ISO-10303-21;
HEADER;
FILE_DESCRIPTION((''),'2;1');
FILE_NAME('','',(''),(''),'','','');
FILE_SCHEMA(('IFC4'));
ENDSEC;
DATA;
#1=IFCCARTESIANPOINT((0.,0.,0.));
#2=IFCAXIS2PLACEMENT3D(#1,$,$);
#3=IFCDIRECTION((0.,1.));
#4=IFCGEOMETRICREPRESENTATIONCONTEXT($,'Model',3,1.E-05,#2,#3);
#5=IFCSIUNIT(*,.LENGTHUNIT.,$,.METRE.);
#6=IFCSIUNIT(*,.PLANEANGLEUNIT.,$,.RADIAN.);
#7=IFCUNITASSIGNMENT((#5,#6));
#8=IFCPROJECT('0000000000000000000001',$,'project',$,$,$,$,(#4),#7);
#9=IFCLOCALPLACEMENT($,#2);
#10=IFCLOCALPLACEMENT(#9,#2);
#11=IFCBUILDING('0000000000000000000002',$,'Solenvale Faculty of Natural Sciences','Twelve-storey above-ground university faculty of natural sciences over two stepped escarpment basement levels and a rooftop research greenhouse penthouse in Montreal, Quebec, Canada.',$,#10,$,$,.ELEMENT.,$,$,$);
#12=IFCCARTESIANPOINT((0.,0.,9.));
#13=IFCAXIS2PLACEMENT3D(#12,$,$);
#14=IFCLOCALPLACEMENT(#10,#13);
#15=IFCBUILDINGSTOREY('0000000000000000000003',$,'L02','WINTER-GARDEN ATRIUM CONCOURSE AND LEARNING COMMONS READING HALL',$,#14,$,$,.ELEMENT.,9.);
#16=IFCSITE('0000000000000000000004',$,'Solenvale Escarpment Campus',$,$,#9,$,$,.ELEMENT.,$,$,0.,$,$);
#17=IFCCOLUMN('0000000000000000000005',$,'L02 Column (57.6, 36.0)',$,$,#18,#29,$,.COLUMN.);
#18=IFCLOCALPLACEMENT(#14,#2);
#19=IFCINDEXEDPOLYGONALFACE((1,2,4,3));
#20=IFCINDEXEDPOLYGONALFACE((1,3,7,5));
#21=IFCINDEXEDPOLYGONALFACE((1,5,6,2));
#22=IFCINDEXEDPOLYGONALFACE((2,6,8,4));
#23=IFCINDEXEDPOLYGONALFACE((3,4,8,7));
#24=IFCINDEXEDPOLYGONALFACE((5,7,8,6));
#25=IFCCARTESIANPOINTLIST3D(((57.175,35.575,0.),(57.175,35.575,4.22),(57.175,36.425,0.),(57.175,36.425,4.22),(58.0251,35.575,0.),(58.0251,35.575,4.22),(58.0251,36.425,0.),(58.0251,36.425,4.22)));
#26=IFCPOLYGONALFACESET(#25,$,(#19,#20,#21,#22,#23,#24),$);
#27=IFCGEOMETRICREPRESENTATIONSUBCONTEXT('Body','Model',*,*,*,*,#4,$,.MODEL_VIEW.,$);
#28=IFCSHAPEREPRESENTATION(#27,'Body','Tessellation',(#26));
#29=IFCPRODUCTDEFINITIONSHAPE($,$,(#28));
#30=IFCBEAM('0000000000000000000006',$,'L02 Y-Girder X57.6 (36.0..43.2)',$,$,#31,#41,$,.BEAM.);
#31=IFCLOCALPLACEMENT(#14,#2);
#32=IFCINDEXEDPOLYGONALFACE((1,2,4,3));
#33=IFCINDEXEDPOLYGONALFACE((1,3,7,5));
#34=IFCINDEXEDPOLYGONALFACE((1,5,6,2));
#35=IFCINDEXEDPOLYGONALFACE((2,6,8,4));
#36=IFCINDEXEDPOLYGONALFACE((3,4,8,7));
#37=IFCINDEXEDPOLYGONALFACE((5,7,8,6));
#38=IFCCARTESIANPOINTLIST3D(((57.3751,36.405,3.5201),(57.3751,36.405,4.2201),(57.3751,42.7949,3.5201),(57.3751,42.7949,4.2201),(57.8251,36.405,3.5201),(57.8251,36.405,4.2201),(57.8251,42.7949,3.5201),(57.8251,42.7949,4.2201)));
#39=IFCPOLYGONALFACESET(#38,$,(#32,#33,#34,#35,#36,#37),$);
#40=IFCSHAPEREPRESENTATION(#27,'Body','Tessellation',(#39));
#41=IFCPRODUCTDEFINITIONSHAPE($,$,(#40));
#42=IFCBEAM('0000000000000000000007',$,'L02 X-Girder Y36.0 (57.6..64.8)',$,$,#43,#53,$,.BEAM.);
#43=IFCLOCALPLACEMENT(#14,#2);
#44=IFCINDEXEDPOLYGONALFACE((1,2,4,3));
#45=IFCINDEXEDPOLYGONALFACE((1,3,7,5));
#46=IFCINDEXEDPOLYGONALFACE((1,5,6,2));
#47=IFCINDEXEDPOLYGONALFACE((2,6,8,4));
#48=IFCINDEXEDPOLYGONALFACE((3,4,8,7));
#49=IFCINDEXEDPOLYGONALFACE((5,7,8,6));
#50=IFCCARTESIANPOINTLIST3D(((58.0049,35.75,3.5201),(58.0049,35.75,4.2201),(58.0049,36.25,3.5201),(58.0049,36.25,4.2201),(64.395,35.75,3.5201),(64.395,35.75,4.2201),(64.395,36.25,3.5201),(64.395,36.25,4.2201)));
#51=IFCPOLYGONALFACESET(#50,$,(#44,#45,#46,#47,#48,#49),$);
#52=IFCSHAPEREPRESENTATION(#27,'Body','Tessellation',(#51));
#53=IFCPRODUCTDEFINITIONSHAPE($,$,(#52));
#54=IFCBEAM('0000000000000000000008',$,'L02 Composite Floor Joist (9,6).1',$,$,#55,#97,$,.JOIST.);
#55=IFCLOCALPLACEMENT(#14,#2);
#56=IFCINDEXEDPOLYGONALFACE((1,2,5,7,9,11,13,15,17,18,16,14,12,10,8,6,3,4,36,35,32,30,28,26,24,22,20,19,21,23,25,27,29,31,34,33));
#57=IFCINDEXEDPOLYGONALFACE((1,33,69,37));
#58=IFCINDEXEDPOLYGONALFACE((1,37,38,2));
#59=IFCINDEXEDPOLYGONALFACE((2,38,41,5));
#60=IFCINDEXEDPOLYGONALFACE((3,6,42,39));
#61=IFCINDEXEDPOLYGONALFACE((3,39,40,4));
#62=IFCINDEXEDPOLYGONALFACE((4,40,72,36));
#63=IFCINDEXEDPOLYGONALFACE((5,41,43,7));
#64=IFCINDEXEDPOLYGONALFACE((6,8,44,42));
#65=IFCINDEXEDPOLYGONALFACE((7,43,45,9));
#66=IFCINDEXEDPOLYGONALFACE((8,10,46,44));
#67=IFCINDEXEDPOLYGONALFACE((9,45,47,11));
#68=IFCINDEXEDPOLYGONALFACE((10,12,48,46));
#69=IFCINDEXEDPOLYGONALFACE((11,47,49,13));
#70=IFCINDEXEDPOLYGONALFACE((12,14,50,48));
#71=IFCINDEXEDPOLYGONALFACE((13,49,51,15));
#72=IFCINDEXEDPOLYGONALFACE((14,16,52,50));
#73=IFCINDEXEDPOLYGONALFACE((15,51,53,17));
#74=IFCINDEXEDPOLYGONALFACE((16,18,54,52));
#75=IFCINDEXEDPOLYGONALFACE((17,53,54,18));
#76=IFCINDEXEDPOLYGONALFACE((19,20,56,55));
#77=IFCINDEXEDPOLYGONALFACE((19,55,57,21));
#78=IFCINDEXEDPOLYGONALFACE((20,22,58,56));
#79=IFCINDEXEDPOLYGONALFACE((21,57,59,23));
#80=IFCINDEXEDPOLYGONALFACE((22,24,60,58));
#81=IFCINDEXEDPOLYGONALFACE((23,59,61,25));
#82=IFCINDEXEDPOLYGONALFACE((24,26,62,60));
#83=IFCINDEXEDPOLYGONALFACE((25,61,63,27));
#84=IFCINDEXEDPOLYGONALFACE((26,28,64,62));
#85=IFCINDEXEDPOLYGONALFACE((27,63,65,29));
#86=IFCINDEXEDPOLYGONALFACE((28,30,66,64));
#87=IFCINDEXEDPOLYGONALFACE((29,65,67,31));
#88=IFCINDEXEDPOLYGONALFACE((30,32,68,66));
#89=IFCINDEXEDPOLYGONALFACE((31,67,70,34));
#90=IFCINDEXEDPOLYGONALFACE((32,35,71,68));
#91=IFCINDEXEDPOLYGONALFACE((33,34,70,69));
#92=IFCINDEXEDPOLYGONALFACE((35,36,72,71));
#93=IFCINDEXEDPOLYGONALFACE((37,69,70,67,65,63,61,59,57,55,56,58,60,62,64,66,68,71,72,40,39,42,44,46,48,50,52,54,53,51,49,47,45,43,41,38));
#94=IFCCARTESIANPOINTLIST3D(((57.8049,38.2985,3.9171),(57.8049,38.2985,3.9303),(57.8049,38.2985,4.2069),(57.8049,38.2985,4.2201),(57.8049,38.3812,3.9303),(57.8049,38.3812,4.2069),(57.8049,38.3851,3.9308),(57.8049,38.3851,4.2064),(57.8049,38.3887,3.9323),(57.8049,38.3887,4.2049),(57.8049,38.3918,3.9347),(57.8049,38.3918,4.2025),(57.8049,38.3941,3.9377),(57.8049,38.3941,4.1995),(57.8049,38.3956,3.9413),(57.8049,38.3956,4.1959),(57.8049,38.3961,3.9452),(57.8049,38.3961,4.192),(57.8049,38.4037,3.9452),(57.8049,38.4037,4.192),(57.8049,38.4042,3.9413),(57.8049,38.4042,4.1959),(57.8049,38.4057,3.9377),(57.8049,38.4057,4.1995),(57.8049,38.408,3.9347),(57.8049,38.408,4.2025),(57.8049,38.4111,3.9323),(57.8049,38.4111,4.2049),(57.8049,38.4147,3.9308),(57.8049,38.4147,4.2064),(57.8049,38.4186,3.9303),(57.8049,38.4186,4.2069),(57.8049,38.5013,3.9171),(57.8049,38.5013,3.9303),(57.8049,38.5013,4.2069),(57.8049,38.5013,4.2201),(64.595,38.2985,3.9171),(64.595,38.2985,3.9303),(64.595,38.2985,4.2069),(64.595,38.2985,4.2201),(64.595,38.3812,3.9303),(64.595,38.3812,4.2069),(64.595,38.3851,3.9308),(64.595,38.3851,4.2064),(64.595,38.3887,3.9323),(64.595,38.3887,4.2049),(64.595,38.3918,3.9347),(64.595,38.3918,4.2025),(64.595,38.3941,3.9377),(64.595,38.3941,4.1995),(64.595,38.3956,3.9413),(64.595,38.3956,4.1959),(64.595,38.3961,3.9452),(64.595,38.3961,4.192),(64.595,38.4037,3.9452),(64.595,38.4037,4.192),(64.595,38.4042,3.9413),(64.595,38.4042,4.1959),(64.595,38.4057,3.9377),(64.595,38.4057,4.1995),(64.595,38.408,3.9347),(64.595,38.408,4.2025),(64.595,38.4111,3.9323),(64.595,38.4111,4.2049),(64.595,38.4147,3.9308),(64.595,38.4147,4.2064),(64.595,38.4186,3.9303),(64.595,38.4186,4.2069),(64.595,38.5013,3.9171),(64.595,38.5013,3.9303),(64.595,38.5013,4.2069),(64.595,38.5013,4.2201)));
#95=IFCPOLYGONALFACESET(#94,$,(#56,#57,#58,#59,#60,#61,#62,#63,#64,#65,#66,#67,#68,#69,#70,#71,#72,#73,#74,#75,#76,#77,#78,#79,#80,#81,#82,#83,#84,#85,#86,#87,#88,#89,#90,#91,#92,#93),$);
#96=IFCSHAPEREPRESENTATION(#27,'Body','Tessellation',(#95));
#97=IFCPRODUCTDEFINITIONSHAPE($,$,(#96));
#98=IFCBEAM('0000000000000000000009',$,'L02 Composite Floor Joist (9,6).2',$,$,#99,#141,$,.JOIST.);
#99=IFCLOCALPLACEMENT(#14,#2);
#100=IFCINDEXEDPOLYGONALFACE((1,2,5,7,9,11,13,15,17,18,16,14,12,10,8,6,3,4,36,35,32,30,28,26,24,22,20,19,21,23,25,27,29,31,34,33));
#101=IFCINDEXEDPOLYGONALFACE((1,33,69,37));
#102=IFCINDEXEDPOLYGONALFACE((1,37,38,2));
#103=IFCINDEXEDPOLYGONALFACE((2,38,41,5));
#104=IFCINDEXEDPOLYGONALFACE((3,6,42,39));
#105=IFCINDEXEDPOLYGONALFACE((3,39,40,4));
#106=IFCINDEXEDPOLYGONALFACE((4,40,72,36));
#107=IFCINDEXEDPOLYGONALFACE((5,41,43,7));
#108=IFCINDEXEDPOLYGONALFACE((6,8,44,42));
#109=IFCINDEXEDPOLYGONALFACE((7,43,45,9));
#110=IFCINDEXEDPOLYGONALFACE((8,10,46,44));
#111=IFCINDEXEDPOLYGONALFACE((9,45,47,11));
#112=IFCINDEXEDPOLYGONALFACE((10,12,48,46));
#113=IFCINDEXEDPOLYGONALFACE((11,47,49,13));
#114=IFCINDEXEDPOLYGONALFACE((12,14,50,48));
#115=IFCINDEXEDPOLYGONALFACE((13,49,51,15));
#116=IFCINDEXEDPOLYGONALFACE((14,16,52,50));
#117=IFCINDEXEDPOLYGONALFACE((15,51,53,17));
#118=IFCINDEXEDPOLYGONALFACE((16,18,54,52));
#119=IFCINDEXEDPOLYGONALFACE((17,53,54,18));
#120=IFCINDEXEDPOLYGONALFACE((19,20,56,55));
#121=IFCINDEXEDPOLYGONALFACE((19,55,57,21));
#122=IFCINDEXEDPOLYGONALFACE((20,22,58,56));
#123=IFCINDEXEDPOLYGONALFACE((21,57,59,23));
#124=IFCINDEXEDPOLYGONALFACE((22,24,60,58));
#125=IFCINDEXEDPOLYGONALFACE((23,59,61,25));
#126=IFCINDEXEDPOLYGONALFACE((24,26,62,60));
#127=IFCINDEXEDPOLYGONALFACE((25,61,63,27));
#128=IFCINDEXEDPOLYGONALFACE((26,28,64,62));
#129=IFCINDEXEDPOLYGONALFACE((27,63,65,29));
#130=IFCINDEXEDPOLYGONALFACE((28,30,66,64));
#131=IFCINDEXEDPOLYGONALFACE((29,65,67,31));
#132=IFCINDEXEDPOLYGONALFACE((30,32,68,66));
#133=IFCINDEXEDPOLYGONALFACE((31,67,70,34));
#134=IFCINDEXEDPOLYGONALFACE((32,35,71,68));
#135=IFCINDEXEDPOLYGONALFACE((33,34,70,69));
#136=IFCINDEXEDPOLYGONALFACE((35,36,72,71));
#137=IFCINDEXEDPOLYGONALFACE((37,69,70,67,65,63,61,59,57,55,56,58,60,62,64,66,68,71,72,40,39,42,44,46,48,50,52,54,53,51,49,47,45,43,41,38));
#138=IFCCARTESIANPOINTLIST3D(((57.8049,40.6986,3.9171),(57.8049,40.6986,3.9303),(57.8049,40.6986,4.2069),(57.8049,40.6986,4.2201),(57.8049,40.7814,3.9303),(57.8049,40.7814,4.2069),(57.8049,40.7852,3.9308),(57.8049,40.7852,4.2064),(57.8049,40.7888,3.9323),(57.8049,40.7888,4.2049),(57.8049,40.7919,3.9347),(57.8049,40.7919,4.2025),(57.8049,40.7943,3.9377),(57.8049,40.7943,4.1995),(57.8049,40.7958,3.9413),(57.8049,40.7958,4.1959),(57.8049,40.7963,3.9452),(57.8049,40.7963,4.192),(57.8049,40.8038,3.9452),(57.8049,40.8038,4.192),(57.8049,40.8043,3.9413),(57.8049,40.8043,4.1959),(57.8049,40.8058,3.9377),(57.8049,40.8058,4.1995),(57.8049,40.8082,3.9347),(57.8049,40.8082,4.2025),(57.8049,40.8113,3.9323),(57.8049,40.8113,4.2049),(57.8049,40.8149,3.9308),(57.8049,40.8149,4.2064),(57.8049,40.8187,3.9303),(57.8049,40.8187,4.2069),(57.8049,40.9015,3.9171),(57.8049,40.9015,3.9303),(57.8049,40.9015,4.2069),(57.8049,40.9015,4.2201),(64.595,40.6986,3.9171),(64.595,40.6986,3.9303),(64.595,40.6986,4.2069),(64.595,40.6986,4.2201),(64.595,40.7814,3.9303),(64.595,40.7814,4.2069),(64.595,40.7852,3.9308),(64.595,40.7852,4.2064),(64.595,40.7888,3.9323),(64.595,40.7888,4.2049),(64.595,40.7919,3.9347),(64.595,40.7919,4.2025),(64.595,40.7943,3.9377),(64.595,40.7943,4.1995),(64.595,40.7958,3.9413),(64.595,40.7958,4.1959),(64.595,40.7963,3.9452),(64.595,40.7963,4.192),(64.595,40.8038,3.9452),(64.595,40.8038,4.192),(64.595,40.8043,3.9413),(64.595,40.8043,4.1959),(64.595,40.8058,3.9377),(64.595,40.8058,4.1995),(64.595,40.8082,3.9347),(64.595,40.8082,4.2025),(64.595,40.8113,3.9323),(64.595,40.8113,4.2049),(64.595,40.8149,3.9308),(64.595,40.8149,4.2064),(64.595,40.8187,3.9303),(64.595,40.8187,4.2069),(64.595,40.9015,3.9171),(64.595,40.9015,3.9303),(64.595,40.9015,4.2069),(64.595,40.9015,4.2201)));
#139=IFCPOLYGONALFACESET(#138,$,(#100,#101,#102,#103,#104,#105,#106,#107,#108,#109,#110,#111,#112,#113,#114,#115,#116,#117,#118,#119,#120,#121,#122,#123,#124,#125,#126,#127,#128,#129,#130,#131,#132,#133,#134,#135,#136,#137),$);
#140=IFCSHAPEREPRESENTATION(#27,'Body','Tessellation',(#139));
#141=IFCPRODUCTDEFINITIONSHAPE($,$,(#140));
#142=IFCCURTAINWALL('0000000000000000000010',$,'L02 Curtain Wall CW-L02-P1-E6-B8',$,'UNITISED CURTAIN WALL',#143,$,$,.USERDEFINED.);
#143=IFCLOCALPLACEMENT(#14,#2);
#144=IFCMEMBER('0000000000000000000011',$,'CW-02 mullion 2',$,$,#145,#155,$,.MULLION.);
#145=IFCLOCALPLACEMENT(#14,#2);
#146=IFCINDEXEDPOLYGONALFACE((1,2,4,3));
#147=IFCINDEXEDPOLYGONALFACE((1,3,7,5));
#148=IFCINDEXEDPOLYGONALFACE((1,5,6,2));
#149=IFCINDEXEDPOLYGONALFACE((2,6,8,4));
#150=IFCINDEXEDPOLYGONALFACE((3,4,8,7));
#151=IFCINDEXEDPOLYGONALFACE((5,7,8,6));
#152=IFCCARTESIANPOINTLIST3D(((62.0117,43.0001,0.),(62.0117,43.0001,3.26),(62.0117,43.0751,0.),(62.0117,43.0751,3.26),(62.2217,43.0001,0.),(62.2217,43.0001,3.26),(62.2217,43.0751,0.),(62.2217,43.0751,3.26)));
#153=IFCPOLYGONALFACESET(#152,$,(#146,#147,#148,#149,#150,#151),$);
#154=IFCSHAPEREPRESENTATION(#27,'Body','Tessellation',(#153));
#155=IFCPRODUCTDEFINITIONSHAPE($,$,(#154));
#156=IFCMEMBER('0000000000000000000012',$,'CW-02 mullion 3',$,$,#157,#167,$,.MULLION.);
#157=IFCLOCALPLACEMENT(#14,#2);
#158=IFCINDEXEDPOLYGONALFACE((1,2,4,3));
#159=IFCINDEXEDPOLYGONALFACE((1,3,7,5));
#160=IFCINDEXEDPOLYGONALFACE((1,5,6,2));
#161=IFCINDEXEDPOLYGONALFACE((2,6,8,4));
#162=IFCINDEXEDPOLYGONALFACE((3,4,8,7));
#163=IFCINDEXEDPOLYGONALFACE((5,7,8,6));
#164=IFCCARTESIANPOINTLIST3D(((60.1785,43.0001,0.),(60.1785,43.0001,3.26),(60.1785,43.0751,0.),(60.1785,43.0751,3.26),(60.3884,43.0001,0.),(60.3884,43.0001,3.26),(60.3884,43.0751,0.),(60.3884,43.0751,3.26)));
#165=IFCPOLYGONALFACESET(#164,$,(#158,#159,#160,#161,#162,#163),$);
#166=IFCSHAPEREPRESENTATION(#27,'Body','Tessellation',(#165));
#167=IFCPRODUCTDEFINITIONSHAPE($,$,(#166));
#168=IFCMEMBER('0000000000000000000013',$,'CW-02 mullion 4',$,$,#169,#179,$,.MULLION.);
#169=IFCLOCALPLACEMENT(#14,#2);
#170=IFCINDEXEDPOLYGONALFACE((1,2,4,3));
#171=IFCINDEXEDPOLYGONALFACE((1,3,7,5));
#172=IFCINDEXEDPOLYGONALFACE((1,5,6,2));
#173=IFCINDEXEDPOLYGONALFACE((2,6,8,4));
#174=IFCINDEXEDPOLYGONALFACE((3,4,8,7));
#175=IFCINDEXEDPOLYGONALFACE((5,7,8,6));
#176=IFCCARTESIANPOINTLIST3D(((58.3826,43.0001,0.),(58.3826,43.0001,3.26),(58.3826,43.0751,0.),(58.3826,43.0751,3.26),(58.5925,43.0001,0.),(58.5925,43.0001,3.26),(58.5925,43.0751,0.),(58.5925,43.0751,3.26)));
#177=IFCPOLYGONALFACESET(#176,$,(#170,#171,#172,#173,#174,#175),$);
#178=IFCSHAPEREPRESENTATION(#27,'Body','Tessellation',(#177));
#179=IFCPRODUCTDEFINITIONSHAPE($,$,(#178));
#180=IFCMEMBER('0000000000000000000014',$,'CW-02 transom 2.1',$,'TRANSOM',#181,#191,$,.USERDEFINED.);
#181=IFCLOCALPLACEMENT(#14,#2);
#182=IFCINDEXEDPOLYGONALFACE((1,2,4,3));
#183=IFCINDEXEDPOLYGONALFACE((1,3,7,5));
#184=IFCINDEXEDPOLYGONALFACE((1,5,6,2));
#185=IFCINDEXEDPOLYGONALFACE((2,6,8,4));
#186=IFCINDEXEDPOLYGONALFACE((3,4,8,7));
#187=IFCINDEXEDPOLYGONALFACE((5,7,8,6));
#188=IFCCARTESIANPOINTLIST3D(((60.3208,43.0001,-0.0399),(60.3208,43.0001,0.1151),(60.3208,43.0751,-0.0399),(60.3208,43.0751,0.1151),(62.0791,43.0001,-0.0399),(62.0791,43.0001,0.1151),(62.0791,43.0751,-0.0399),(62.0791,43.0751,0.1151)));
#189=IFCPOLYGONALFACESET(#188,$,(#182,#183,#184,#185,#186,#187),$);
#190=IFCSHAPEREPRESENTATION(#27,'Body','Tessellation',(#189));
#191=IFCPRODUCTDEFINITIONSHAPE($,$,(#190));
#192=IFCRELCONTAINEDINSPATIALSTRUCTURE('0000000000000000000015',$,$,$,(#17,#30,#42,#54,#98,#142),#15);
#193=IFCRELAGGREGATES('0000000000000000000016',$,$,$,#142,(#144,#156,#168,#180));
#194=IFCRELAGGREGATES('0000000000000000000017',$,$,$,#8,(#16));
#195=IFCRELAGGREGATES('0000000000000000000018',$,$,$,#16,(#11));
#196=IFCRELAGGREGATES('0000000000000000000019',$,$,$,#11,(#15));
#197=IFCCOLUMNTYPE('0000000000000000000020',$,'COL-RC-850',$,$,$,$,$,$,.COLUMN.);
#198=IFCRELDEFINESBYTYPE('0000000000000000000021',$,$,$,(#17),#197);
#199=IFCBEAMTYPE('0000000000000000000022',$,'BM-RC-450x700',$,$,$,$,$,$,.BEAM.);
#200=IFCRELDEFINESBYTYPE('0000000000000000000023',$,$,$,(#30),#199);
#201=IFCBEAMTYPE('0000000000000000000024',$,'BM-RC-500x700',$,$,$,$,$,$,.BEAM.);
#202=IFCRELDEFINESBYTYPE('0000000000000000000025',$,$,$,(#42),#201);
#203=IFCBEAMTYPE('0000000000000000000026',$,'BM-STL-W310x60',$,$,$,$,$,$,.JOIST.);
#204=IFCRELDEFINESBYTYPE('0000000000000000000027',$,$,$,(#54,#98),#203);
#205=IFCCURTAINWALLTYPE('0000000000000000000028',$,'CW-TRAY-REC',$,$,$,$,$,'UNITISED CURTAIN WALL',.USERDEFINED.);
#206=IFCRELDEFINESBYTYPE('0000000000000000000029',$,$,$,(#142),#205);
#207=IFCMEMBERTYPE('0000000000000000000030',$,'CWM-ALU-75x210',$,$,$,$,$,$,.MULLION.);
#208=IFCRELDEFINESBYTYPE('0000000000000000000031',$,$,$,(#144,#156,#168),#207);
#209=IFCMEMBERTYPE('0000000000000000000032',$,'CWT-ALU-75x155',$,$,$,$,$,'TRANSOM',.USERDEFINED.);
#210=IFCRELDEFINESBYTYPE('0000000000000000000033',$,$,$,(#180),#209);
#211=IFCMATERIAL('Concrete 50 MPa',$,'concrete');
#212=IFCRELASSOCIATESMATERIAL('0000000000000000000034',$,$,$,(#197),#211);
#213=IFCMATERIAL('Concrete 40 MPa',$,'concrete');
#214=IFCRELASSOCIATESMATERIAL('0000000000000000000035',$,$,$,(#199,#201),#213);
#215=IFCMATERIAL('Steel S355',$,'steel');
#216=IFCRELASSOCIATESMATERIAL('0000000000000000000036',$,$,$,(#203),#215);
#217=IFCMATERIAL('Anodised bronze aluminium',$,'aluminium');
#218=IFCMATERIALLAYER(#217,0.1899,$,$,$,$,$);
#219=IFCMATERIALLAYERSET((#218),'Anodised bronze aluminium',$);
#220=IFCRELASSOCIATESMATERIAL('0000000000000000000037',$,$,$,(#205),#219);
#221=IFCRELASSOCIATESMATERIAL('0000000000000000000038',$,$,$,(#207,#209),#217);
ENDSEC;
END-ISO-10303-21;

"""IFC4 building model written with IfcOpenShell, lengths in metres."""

from ifc_helpers import new_model, si_unit, direction, frame, origin, origin_2d, place, context, subcontext, project, spatial, rectangle, i_section, extrude, material, layer, layer_set, material_profile, profile_set, type_object, element, aggregate, save


model = new_model("IFC4")

# Units and contexts
model_context = context("Model", 3, precision=1e-05, world=origin(), true_north=direction((0.0, 1.0)))
body_context = subcontext(model_context, "Body", "Model", "MODEL_VIEW")
ifc_project = project(units=[si_unit("LENGTHUNIT", "METRE"), si_unit("PLANEANGLEUNIT", "RADIAN")], contexts=[model_context])

# Site, building, storey
site_placement = place(None, origin())
site = spatial("IfcSite", under=ifc_project, at=site_placement, Name="Solenvale Escarpment Campus", CompositionType="ELEMENT", RefElevation=0.0)
building_placement = place(site_placement, origin())
building = spatial("IfcBuilding", under=site, at=building_placement, Name="Solenvale Faculty of Natural Sciences", Description="Twelve-storey above-ground university faculty of natural sciences over two stepped escarpment basement levels and a rooftop research greenhouse penthouse in Montreal, Quebec, Canada.", CompositionType="ELEMENT")
storey_placement = place(building_placement, frame((0.0, 0.0, 9.0)))
storey = spatial("IfcBuildingStorey", under=building, at=storey_placement, Name="L02", Description="WINTER-GARDEN ATRIUM CONCOURSE AND LEARNING COMMONS READING HALL", CompositionType="ELEMENT", Elevation=9.0)

# Column
ifc_material_1 = material(Name="Concrete 50 MPa", Category="concrete")
ifc_material_profile_1 = material_profile(ifc_material_1, rectangle(XDim=0.8501, YDim=0.8501, at=origin_2d()), Name="RC-COL-850x850")
ifc_profile_set_1 = profile_set([ifc_material_profile_1], Name="Concrete 50 MPa")
column_type = type_object("IfcColumnType", Name="COL-RC-850", PredefinedType="COLUMN", material=ifc_profile_set_1)
column_placement = place(storey_placement, frame((57.6001, 36.0, 0.0), z_axis=(0.0, 0.0, 1.0), x_axis=(1.0, 0.0, 0.0)))
element("IfcColumn", 1, at=column_placement, inside=storey, type_object=column_type, Name="L02 Column (57.6, 36.0)", PredefinedType="COLUMN", context=body_context, shape_type="SweptSolid", body=[
    extrude(rectangle(XDim=0.8501, YDim=0.8501, at=origin_2d()), origin(), (0.0, 0.0, 1.0), 4.22),
])

# Beams
ifc_material_2 = material(Name="Concrete 40 MPa", Category="concrete")
ifc_material_profile_2 = material_profile(ifc_material_2, rectangle(XDim=0.45, YDim=0.7, at=origin_2d()), Name="RC-BM-450x700")
ifc_profile_set_2 = profile_set([ifc_material_profile_2], Name="Concrete 40 MPa")
beam_type_1 = type_object("IfcBeamType", Name="BM-RC-450x700", PredefinedType="BEAM", material=ifc_profile_set_2)
beam_1_placement = place(storey_placement, frame((57.6001, 36.405, 3.8701), z_axis=(0.0, 1.0, 0.0), x_axis=(-1.0, 0.0, 0.0)))
element("IfcBeam", 2, at=beam_1_placement, inside=storey, type_object=beam_type_1, Name="L02 Y-Girder X57.6 (36.0..43.2)", PredefinedType="BEAM", context=body_context, shape_type="SweptSolid", body=[
    extrude(rectangle(XDim=0.45, YDim=0.7, at=origin_2d()), origin(), (0.0, 0.0, 1.0), 6.3899),
])
ifc_material_profile_3 = material_profile(ifc_material_2, rectangle(XDim=0.5, YDim=0.7, at=origin_2d()), Name="RC-BM-500x700")
ifc_profile_set_3 = profile_set([ifc_material_profile_3], Name="Concrete 40 MPa")
beam_type_2 = type_object("IfcBeamType", Name="BM-RC-500x700", PredefinedType="BEAM", material=ifc_profile_set_3)
beam_2_placement = place(storey_placement, frame((58.0049, 36.0, 3.8701), z_axis=(1.0, 0.0, 0.0), x_axis=(0.0, 1.0, 0.0)))
element("IfcBeam", 3, at=beam_2_placement, inside=storey, type_object=beam_type_2, Name="L02 X-Girder Y36.0 (57.6..64.8)", PredefinedType="BEAM", context=body_context, shape_type="SweptSolid", body=[
    extrude(rectangle(XDim=0.5, YDim=0.7, at=origin_2d()), origin(), (0.0, 0.0, 1.0), 6.3901),
])
ifc_material_3 = material(Name="Steel S355", Category="steel")
ifc_material_profile_4 = material_profile(ifc_material_3, i_section(OverallWidth=0.2029, OverallDepth=0.303, WebThickness=0.0076, FlangeThickness=0.0132, FilletRadius=0.0149, at=origin_2d()), Name="W310x60")
ifc_profile_set_4 = profile_set([ifc_material_profile_4], Name="Steel S355")
beam_type_3 = type_object("IfcBeamType", Name="BM-STL-W310x60", PredefinedType="JOIST", material=ifc_profile_set_4)
for number, where, z_axis, x_axis, name in (
    (4, (57.8049, 38.3999, 4.0686), (1.0, 0.0, 0.0), (0.0, 1.0, 0.0), "L02 Composite Floor Joist (9,6).1"),
    (5, (57.8049, 40.8, 4.0686), (1.0, 0.0, 0.0), (0.0, 1.0, 0.0), "L02 Composite Floor Joist (9,6).2"),
):
    element("IfcBeam", number, at=place(storey_placement, frame(where, z_axis=z_axis, x_axis=x_axis)), inside=storey, type_object=beam_type_3, Name=name, PredefinedType="JOIST", context=body_context, shape_type="SweptSolid", body=[
        extrude(i_section(OverallWidth=0.2029, OverallDepth=0.303, WebThickness=0.0076, FlangeThickness=0.0132, FilletRadius=0.0149, at=origin_2d()), origin(), (0.0, 0.0, 1.0), 6.79),
    ])

# Curtain wall, members
ifc_material_4 = material(Name="Anodised bronze aluminium", Category="aluminium")
ifc_layer_1 = layer(ifc_material_4, 0.1899)
ifc_layer_set_1 = layer_set([ifc_layer_1], Name="Anodised bronze aluminium")
curtain_wall_type = type_object("IfcCurtainWallType", Name="CW-TRAY-REC", ElementType="UNITISED CURTAIN WALL", PredefinedType="USERDEFINED", material=ifc_layer_set_1)
curtain_wall_placement = place(storey_placement, origin())
curtain_wall = element("IfcCurtainWall", 6, at=curtain_wall_placement, inside=storey, type_object=curtain_wall_type, Name="L02 Curtain Wall CW-L02-P1-E6-B8", ObjectType="UNITISED CURTAIN WALL", PredefinedType="USERDEFINED")
ifc_material_profile_5 = material_profile(ifc_material_4, rectangle(XDim=0.075, YDim=0.21, at=origin_2d()), Name="ALU-MUL-75x210")
ifc_profile_set_5 = profile_set([ifc_material_profile_5], Name="Anodised bronze aluminium")
member_type_1 = type_object("IfcMemberType", Name="CWM-ALU-75x210", PredefinedType="MULLION", material=ifc_profile_set_5)
member_1_placement = place(storey_placement, frame((62.1167, 43.0376, 0.0), z_axis=(0.0, 0.0, 1.0), x_axis=(0.0, -1.0, 0.0)))
member_1 = element("IfcMember", 7, at=member_1_placement, type_object=member_type_1, Name="CW-02 mullion 2", PredefinedType="MULLION", context=body_context, shape_type="SweptSolid", body=[
    extrude(rectangle(XDim=0.075, YDim=0.21, at=origin_2d()), origin(), (0.0, 0.0, 1.0), 3.26),
])
member_2_placement = place(storey_placement, frame((60.2834, 43.0376, 0.0), z_axis=(0.0, 0.0, 1.0), x_axis=(0.0, -1.0, 0.0)))
member_2 = element("IfcMember", 8, at=member_2_placement, type_object=member_type_1, Name="CW-02 mullion 3", PredefinedType="MULLION", context=body_context, shape_type="SweptSolid", body=[
    extrude(rectangle(XDim=0.075, YDim=0.21, at=origin_2d()), origin(), (0.0, 0.0, 1.0), 3.26),
])
member_3_placement = place(storey_placement, frame((58.4875, 43.0376, 0.0), z_axis=(0.0, 0.0, 1.0), x_axis=(0.0, -1.0, 0.0)))
member_3 = element("IfcMember", 9, at=member_3_placement, type_object=member_type_1, Name="CW-02 mullion 4", PredefinedType="MULLION", context=body_context, shape_type="SweptSolid", body=[
    extrude(rectangle(XDim=0.075, YDim=0.21, at=origin_2d()), origin(), (0.0, 0.0, 1.0), 3.26),
])
ifc_material_profile_6 = material_profile(ifc_material_4, rectangle(XDim=0.075, YDim=0.155, at=origin_2d()), Name="ALU-TRN-75x155")
ifc_profile_set_6 = profile_set([ifc_material_profile_6], Name="Anodised bronze aluminium")
member_type_2 = type_object("IfcMemberType", Name="CWT-ALU-75x155", ElementType="TRANSOM", PredefinedType="USERDEFINED", material=ifc_profile_set_6)
member_4_placement = place(storey_placement, frame((62.0791, 43.0376, 0.0376), z_axis=(-1.0, 0.0, 0.0), x_axis=(0.0, -1.0, 0.0)))
member_4 = element("IfcMember", 10, at=member_4_placement, type_object=member_type_2, Name="CW-02 transom 2.1", ObjectType="TRANSOM", PredefinedType="USERDEFINED", context=body_context, shape_type="SweptSolid", body=[
    extrude(rectangle(XDim=0.075, YDim=0.155, at=origin_2d()), origin(), (0.0, 0.0, 1.0), 1.7583),
])
aggregate(curtain_wall, [member_1, member_2, member_3, member_4])

save(model, "model.ifc")
